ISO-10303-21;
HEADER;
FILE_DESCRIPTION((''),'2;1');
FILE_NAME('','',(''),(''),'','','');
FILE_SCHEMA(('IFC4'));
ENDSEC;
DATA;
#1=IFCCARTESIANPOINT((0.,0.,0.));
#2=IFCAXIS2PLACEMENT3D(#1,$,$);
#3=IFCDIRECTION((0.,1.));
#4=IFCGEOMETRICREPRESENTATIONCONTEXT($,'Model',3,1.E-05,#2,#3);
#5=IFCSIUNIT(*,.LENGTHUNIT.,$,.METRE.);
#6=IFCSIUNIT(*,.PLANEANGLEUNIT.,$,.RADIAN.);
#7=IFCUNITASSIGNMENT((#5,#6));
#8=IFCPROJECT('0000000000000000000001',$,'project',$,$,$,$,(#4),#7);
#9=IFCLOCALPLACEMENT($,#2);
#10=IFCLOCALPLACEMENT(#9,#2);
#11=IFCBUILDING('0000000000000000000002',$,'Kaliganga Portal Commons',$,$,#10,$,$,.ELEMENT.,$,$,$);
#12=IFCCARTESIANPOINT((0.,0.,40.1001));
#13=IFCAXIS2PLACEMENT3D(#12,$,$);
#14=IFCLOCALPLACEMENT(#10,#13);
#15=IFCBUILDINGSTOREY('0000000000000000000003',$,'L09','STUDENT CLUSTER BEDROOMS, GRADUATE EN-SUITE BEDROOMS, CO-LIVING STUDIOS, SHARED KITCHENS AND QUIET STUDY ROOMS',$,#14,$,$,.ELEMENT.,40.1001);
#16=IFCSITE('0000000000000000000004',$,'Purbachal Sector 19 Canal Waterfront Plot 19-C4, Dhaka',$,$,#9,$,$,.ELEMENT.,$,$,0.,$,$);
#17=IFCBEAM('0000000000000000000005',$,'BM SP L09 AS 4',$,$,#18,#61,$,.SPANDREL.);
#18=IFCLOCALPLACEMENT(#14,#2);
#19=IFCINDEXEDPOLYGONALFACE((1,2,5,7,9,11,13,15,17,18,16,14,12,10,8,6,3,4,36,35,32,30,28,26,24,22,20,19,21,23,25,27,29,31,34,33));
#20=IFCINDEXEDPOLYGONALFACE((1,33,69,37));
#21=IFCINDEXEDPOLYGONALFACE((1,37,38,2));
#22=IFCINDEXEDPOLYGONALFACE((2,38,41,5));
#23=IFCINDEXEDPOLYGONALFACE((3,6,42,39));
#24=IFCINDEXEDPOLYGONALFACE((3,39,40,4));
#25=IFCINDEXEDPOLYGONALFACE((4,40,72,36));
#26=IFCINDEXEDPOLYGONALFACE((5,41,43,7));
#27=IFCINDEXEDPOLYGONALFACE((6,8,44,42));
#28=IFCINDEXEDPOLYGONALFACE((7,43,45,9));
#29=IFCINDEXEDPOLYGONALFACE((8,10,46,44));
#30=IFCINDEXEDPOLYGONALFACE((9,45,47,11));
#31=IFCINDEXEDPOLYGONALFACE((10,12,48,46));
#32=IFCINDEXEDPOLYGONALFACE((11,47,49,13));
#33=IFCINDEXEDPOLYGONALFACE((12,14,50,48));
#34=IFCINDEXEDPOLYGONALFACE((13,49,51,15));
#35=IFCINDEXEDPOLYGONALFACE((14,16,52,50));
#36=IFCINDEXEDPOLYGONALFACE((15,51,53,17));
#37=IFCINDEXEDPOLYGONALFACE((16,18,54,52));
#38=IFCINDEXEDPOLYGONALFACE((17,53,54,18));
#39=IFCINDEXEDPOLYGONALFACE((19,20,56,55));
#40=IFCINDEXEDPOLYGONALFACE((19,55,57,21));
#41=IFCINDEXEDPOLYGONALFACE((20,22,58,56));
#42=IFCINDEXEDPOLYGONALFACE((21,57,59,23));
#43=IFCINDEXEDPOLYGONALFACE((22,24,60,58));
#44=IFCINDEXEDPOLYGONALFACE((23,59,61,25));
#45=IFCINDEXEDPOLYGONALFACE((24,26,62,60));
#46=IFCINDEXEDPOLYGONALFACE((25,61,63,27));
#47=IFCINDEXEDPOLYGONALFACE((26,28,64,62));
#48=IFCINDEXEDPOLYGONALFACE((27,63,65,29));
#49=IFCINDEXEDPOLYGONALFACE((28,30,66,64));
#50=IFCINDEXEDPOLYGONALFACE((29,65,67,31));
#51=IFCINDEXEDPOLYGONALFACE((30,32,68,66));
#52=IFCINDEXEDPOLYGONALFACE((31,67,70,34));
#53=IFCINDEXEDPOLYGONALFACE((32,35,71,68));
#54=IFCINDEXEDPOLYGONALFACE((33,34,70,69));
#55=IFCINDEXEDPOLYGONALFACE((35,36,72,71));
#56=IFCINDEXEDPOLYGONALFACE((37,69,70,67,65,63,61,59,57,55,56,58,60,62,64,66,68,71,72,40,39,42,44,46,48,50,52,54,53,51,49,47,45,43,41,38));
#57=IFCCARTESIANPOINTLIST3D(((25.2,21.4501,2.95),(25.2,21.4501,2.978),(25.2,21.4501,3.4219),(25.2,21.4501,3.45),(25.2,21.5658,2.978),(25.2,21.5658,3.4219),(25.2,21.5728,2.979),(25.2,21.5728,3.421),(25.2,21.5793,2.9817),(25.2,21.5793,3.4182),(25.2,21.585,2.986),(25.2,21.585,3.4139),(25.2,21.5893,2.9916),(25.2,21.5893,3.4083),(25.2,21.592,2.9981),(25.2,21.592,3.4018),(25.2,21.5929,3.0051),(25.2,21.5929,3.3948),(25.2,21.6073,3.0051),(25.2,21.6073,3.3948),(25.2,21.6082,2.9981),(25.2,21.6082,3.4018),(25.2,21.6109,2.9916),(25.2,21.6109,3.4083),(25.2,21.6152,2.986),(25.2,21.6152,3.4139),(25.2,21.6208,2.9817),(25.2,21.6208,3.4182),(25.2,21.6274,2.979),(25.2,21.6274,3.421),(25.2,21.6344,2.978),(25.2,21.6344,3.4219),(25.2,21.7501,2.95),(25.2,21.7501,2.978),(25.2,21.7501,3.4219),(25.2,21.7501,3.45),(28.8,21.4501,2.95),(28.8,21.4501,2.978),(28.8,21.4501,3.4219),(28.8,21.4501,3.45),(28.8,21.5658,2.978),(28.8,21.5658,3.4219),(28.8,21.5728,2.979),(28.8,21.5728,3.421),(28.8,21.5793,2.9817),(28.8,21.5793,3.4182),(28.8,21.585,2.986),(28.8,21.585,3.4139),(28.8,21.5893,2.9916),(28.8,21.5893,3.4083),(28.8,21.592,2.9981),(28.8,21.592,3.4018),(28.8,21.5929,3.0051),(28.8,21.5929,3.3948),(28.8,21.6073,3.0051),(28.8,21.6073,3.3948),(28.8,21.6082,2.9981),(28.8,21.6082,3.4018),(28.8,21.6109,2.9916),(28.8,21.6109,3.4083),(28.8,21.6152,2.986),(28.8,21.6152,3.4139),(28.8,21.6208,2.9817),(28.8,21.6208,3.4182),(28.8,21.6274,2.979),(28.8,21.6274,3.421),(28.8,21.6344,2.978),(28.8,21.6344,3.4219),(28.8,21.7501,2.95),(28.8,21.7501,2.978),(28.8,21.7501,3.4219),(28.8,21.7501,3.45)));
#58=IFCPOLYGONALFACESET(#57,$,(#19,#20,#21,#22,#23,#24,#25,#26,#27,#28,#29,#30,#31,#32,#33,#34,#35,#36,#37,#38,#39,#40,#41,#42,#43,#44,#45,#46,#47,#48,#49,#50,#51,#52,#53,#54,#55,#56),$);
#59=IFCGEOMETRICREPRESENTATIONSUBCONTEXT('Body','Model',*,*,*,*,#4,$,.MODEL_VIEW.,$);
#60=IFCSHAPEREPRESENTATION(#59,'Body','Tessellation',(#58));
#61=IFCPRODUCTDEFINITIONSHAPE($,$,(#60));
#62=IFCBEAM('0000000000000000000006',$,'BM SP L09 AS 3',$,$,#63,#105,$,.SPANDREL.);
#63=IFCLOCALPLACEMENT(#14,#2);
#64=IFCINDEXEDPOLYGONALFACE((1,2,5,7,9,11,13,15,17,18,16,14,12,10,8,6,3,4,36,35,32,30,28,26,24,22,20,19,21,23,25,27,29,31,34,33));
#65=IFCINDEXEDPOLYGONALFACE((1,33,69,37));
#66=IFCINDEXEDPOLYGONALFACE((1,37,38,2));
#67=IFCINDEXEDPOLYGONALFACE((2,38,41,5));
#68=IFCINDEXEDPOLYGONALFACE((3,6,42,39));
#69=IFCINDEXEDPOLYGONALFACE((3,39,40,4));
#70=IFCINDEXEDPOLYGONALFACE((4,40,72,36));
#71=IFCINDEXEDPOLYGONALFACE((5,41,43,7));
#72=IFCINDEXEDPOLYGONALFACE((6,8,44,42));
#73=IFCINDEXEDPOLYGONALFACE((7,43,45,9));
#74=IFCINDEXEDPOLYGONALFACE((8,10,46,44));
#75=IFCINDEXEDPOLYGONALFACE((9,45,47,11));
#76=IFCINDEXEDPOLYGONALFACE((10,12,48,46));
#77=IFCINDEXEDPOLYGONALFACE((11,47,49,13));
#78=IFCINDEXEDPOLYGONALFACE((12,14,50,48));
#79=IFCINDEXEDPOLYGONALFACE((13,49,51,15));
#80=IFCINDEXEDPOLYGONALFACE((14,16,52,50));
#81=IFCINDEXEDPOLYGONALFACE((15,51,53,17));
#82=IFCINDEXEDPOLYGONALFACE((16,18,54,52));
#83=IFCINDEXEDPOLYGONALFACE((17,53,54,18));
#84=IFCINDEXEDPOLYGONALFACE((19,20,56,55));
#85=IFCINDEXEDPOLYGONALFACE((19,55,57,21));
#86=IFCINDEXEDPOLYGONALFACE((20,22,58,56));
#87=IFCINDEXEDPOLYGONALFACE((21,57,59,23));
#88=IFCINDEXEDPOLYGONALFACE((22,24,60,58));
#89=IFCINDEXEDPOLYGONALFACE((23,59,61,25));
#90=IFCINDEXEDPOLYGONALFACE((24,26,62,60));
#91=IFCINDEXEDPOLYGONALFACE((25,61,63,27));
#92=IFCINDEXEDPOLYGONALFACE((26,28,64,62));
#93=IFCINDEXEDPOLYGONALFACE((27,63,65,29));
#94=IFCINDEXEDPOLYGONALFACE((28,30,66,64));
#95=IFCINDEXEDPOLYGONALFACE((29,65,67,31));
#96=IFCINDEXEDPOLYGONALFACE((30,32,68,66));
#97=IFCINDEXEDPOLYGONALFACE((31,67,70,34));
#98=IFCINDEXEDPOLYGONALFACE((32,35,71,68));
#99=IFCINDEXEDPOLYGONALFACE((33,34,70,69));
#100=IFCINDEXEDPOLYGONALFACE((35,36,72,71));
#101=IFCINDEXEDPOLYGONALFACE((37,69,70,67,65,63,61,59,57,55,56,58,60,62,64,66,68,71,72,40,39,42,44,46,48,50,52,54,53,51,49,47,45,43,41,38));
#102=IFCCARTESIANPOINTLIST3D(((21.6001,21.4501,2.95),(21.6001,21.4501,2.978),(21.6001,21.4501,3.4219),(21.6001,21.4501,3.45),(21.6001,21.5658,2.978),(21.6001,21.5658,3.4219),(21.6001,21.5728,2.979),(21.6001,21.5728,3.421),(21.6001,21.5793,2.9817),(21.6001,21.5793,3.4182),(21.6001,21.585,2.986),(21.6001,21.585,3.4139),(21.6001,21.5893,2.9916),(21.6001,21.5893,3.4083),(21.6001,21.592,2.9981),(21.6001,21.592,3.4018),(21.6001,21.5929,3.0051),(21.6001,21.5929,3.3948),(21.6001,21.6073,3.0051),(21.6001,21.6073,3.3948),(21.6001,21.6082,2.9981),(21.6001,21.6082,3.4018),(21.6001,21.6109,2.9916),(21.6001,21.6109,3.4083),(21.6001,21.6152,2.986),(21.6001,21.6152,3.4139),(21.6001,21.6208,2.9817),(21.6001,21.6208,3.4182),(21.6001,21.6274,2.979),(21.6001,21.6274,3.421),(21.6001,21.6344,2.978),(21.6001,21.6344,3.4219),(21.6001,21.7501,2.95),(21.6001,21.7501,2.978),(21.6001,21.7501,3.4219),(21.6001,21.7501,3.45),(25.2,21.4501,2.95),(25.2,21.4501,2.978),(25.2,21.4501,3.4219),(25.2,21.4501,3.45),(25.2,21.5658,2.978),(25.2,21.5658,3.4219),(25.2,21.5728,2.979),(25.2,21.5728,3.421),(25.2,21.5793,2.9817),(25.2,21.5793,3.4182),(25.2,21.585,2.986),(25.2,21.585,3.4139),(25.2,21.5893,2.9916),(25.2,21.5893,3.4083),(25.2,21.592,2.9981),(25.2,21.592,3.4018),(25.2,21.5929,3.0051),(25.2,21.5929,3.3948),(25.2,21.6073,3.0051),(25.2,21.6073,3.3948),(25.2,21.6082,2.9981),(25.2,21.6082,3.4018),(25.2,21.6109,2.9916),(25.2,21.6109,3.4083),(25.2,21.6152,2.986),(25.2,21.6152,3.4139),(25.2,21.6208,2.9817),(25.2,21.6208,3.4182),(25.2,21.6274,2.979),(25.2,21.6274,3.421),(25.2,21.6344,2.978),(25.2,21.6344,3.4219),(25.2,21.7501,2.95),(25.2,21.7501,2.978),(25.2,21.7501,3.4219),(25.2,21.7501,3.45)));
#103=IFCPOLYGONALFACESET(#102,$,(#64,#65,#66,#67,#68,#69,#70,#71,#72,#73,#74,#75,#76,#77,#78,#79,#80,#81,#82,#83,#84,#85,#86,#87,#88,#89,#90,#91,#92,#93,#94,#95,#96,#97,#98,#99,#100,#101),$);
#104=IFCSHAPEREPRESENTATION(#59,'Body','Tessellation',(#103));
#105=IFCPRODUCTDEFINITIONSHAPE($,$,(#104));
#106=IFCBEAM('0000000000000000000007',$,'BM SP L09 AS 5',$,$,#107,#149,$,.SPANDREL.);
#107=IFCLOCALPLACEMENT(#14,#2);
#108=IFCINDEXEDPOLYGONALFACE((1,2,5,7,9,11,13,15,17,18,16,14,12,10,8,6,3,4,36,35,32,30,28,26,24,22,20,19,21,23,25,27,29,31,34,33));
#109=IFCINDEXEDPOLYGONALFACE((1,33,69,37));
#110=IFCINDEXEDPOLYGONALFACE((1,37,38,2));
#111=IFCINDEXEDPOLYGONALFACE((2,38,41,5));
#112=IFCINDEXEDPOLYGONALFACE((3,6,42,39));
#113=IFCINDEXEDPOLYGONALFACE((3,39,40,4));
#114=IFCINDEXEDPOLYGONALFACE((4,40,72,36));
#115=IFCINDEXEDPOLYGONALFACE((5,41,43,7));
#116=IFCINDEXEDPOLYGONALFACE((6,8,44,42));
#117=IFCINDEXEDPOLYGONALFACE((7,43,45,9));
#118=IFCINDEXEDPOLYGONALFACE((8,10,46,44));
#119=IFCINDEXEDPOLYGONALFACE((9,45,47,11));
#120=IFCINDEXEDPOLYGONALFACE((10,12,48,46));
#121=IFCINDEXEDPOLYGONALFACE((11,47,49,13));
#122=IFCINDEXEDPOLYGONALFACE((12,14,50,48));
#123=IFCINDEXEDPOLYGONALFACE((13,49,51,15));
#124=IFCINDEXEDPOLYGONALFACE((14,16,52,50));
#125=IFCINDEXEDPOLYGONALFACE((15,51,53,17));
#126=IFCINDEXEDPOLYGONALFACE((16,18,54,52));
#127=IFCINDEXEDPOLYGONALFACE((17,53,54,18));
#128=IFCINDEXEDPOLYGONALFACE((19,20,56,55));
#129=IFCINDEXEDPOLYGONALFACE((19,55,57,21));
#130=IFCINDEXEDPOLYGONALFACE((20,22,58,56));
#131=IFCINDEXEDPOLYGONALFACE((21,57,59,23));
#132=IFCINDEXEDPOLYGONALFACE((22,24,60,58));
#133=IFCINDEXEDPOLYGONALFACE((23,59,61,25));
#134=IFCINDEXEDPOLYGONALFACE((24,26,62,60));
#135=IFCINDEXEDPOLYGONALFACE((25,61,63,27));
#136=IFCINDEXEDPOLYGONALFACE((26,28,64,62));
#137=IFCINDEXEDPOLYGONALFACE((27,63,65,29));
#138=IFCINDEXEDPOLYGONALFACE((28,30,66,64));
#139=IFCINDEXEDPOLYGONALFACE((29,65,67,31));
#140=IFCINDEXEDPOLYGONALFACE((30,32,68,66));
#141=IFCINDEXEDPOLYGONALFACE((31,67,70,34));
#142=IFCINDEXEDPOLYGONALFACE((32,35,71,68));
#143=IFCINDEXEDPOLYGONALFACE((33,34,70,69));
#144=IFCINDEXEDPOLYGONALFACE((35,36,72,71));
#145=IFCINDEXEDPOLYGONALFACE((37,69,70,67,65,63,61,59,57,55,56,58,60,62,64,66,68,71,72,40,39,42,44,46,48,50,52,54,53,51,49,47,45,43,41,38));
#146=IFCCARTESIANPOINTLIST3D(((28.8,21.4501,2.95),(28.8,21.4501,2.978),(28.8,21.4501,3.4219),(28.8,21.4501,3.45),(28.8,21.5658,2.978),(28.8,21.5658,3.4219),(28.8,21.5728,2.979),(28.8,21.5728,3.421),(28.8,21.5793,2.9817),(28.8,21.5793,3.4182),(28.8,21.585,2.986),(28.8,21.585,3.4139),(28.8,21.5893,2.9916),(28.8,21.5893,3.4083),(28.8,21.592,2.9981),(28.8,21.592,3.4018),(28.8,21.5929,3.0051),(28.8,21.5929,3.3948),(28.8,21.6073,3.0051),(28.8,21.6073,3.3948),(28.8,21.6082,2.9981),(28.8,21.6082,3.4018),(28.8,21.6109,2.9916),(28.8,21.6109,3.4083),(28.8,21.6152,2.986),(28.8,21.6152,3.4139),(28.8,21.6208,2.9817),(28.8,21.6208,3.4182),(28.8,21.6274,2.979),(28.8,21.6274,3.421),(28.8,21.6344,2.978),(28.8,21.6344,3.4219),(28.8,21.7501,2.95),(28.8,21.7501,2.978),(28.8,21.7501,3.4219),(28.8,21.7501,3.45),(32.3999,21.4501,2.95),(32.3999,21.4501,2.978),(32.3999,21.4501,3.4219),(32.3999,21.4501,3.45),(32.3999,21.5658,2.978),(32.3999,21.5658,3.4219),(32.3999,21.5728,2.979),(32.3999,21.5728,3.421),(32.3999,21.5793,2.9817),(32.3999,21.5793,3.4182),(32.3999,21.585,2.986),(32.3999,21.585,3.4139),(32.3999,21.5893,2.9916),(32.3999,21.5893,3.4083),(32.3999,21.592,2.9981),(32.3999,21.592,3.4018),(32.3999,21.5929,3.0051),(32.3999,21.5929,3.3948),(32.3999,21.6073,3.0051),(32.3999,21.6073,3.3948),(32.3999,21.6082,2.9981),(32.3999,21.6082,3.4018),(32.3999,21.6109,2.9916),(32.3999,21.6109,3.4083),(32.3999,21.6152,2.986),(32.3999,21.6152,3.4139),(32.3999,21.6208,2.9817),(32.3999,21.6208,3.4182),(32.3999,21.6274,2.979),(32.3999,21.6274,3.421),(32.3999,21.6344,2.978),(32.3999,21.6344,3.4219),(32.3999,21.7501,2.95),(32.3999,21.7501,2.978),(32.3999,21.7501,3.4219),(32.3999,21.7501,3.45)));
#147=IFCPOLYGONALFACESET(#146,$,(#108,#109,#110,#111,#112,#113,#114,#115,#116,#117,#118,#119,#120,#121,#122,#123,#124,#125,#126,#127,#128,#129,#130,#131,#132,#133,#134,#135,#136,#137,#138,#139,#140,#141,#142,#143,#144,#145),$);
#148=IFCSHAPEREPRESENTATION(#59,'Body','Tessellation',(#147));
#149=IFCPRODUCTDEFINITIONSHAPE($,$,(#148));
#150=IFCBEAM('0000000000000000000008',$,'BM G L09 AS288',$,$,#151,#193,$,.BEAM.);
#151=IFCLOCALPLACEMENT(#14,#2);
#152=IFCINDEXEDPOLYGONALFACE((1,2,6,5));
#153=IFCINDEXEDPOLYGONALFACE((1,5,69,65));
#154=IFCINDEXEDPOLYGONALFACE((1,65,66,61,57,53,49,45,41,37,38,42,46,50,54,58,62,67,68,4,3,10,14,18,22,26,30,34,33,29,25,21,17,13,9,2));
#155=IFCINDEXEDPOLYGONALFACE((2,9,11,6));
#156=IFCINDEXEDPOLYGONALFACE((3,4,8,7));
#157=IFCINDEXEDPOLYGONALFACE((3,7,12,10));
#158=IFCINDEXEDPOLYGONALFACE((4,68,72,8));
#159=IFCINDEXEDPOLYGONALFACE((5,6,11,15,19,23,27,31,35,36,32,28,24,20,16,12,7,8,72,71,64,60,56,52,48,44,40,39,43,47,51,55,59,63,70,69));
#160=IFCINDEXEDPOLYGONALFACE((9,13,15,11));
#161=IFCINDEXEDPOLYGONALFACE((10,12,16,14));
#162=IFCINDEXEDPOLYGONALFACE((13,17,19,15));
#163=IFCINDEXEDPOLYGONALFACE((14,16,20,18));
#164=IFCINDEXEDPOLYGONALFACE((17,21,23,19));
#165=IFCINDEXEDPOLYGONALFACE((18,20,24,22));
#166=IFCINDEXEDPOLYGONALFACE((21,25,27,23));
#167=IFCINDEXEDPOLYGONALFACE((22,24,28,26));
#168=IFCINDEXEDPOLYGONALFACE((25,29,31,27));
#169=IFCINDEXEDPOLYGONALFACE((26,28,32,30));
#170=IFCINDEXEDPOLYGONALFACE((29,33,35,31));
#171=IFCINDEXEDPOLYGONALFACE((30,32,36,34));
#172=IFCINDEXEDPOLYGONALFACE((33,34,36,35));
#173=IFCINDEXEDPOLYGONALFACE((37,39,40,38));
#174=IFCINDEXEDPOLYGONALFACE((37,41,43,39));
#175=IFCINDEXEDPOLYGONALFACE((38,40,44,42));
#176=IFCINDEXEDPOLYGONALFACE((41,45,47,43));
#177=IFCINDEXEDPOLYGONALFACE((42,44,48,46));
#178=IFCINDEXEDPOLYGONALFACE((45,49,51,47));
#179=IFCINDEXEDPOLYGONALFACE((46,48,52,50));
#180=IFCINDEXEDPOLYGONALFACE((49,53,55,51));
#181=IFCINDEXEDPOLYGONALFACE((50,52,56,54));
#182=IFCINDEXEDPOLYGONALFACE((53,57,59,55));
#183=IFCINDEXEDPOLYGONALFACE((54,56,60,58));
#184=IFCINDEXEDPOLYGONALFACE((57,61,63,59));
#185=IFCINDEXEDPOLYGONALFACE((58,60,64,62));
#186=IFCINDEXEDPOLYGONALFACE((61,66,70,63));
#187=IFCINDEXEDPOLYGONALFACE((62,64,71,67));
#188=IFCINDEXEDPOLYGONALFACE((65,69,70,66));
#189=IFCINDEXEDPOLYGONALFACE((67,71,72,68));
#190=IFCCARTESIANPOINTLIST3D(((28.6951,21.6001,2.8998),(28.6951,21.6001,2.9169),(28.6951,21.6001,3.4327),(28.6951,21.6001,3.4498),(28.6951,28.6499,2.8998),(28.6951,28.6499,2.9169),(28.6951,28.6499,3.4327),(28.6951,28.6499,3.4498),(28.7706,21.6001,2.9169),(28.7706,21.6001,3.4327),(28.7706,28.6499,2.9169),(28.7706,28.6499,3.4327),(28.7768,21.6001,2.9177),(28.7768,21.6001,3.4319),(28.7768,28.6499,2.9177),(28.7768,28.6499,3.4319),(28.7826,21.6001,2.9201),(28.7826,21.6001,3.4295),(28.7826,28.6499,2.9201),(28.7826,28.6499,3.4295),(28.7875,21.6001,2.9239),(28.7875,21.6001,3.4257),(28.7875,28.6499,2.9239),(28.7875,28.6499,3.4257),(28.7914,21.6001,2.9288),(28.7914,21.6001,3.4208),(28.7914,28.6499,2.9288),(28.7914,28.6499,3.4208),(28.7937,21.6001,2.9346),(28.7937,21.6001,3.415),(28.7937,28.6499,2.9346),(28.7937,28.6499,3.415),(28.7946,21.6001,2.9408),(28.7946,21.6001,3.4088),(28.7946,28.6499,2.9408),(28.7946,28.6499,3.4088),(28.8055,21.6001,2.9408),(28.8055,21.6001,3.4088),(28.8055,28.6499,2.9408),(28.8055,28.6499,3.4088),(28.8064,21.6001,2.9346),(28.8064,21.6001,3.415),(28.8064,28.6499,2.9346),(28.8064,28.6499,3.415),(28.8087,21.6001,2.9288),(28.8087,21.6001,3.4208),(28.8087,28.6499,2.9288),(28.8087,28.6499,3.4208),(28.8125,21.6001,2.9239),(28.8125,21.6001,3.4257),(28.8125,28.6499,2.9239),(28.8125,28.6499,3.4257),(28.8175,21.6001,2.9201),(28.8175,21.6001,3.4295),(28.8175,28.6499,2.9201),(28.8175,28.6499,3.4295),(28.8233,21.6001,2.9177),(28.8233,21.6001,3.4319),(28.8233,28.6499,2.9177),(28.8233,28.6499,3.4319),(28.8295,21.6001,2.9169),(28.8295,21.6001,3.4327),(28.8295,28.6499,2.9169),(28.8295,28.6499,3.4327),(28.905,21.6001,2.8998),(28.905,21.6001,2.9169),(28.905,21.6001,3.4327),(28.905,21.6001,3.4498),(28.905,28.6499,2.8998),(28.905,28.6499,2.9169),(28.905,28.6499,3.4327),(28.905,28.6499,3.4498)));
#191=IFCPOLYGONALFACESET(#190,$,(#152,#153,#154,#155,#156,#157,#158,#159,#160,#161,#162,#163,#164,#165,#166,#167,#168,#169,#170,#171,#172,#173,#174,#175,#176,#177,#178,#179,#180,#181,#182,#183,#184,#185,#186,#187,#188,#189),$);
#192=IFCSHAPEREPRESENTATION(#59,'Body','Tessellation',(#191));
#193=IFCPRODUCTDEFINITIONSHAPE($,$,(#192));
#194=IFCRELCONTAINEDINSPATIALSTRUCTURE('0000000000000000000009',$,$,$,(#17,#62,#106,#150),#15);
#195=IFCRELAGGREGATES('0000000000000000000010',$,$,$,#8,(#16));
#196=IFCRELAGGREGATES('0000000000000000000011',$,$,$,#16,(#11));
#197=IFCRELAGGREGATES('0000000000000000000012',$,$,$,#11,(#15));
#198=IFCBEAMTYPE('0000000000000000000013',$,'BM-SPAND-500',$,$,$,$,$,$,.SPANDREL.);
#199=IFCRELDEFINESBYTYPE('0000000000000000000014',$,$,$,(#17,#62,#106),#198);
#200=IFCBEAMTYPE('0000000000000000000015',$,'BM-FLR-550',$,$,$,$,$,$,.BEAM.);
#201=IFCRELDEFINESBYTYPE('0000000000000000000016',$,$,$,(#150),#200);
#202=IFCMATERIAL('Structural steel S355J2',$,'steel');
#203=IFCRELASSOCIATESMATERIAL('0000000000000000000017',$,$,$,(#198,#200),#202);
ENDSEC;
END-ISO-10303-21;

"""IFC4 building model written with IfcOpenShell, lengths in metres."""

from ifc_helpers import new_model, si_unit, direction, frame, origin, origin_2d, place, context, subcontext, project, spatial, i_section, extrude, source, transform, mapped, material, material_profile, profile_set, type_object, element, save


model = new_model("IFC4")

# Units and contexts
model_context = context("Model", 3, precision=1e-05, world=origin(), true_north=direction((0.0, 1.0)))
body_context = subcontext(model_context, "Body", "Model", "MODEL_VIEW")
ifc_project = project(units=[si_unit("LENGTHUNIT", "METRE"), si_unit("PLANEANGLEUNIT", "RADIAN")], contexts=[model_context])

# Site, building, storey
site_placement = place(None, origin())
site = spatial("IfcSite", under=ifc_project, at=site_placement, Name="Purbachal Sector 19 Canal Waterfront Plot 19-C4, Dhaka", CompositionType="ELEMENT", RefElevation=0.0)
building_placement = place(site_placement, origin())
building = spatial("IfcBuilding", under=site, at=building_placement, Name="Kaliganga Portal Commons", CompositionType="ELEMENT")
storey_placement = place(building_placement, frame((0.0, 0.0, 40.1001)))
storey = spatial("IfcBuildingStorey", under=building, at=storey_placement, Name="L09", Description="STUDENT CLUSTER BEDROOMS, GRADUATE EN-SUITE BEDROOMS, CO-LIVING STUDIOS, SHARED KITCHENS AND QUIET STUDY ROOMS", CompositionType="ELEMENT", Elevation=40.1001)

# Beams
ifc_material_1 = material(Name="Structural steel S355J2", Category="steel")
ifc_material_profile_1 = material_profile(ifc_material_1, i_section(OverallWidth=0.3, OverallDepth=0.5, WebThickness=0.0144, FlangeThickness=0.0281, FilletRadius=0.0271, at=origin_2d()), Name="HE 500 B")
ifc_profile_set_1 = profile_set([ifc_material_profile_1], Name="Structural steel S355J2 wide-flange")
beam_type_1 = type_object("IfcBeamType", Name="BM-SPAND-500", PredefinedType="SPANDREL", material=ifc_profile_set_1)
shared_shape_1 = source(origin(), body_context, "Body", "SweptSolid", [
    extrude(i_section(OverallWidth=0.3, OverallDepth=0.5, WebThickness=0.0144, FlangeThickness=0.0281, FilletRadius=0.0271, at=origin_2d()), origin(), (0.0, 0.0, 1.0), 3.6001),
])
for number, where, z_axis, x_axis, name in (
    (1, (25.2, 21.6001, 3.2), (1.0, 0.0, 0.0), (0.0, 1.0, 0.0), "BM SP L09 AS 4"),
):
    element("IfcBeam", number, at=place(storey_placement, frame(where, z_axis=z_axis, x_axis=x_axis)), inside=storey, type_object=beam_type_1, Name=name, PredefinedType="SPANDREL", context=body_context, shape_type="MappedRepresentation", body=[
        mapped(shared_shape_1, transform((0.0, 0.0, 0.0), x_axis=(1.0, 0.0, 0.0), y_axis=(0.0, 1.0, 0.0), z_axis=(0.0, 0.0, 1.0), scale=1.0)),
    ])
shared_shape_2 = source(origin(), body_context, "Body", "SweptSolid", [
    extrude(i_section(OverallWidth=0.3, OverallDepth=0.5, WebThickness=0.0144, FlangeThickness=0.0281, FilletRadius=0.0271, at=origin_2d()), origin(), (0.0, 0.0, 1.0), 3.5999),
])
for number, where, z_axis, x_axis, name in (
    (2, (21.6001, 21.6001, 3.2), (1.0, 0.0, 0.0), (0.0, 1.0, 0.0), "BM SP L09 AS 3"),
    (3, (28.8, 21.6001, 3.2), (1.0, 0.0, 0.0), (0.0, 1.0, 0.0), "BM SP L09 AS 5"),
):
    element("IfcBeam", number, at=place(storey_placement, frame(where, z_axis=z_axis, x_axis=x_axis)), inside=storey, type_object=beam_type_1, Name=name, PredefinedType="SPANDREL", context=body_context, shape_type="MappedRepresentation", body=[
        mapped(shared_shape_2, transform((0.0, 0.0, 0.0), x_axis=(1.0, 0.0, 0.0), y_axis=(0.0, 1.0, 0.0), z_axis=(0.0, 0.0, 1.0), scale=1.0)),
    ])
ifc_material_profile_2 = material_profile(ifc_material_1, i_section(OverallWidth=0.21, OverallDepth=0.55, WebThickness=0.011, FlangeThickness=0.0171, FilletRadius=0.0239, at=origin_2d()), Name="IPE 550")
ifc_profile_set_2 = profile_set([ifc_material_profile_2], Name="Structural steel S355J2 wide-flange")
beam_type_2 = type_object("IfcBeamType", Name="BM-FLR-550", PredefinedType="BEAM", material=ifc_profile_set_2)
shared_shape_3 = source(origin(), body_context, "Body", "SweptSolid", [
    extrude(i_section(OverallWidth=0.21, OverallDepth=0.55, WebThickness=0.011, FlangeThickness=0.0171, FilletRadius=0.0239, at=origin_2d()), origin(), (0.0, 0.0, 1.0), 7.0498),
])
beam_1_placement = place(storey_placement, frame((28.8, 21.6001, 3.1748), z_axis=(0.0, 1.0, 0.0), x_axis=(-1.0, 0.0, 0.0)))
element("IfcBeam", 4, at=beam_1_placement, inside=storey, type_object=beam_type_2, Name="BM G L09 AS288", PredefinedType="BEAM", context=body_context, shape_type="MappedRepresentation", body=[
    mapped(shared_shape_3, transform((0.0, 0.0, 0.0), x_axis=(1.0, 0.0, 0.0), y_axis=(0.0, 1.0, 0.0), z_axis=(0.0, 0.0, 1.0), scale=1.0)),
])

save(model, "model.ifc")
